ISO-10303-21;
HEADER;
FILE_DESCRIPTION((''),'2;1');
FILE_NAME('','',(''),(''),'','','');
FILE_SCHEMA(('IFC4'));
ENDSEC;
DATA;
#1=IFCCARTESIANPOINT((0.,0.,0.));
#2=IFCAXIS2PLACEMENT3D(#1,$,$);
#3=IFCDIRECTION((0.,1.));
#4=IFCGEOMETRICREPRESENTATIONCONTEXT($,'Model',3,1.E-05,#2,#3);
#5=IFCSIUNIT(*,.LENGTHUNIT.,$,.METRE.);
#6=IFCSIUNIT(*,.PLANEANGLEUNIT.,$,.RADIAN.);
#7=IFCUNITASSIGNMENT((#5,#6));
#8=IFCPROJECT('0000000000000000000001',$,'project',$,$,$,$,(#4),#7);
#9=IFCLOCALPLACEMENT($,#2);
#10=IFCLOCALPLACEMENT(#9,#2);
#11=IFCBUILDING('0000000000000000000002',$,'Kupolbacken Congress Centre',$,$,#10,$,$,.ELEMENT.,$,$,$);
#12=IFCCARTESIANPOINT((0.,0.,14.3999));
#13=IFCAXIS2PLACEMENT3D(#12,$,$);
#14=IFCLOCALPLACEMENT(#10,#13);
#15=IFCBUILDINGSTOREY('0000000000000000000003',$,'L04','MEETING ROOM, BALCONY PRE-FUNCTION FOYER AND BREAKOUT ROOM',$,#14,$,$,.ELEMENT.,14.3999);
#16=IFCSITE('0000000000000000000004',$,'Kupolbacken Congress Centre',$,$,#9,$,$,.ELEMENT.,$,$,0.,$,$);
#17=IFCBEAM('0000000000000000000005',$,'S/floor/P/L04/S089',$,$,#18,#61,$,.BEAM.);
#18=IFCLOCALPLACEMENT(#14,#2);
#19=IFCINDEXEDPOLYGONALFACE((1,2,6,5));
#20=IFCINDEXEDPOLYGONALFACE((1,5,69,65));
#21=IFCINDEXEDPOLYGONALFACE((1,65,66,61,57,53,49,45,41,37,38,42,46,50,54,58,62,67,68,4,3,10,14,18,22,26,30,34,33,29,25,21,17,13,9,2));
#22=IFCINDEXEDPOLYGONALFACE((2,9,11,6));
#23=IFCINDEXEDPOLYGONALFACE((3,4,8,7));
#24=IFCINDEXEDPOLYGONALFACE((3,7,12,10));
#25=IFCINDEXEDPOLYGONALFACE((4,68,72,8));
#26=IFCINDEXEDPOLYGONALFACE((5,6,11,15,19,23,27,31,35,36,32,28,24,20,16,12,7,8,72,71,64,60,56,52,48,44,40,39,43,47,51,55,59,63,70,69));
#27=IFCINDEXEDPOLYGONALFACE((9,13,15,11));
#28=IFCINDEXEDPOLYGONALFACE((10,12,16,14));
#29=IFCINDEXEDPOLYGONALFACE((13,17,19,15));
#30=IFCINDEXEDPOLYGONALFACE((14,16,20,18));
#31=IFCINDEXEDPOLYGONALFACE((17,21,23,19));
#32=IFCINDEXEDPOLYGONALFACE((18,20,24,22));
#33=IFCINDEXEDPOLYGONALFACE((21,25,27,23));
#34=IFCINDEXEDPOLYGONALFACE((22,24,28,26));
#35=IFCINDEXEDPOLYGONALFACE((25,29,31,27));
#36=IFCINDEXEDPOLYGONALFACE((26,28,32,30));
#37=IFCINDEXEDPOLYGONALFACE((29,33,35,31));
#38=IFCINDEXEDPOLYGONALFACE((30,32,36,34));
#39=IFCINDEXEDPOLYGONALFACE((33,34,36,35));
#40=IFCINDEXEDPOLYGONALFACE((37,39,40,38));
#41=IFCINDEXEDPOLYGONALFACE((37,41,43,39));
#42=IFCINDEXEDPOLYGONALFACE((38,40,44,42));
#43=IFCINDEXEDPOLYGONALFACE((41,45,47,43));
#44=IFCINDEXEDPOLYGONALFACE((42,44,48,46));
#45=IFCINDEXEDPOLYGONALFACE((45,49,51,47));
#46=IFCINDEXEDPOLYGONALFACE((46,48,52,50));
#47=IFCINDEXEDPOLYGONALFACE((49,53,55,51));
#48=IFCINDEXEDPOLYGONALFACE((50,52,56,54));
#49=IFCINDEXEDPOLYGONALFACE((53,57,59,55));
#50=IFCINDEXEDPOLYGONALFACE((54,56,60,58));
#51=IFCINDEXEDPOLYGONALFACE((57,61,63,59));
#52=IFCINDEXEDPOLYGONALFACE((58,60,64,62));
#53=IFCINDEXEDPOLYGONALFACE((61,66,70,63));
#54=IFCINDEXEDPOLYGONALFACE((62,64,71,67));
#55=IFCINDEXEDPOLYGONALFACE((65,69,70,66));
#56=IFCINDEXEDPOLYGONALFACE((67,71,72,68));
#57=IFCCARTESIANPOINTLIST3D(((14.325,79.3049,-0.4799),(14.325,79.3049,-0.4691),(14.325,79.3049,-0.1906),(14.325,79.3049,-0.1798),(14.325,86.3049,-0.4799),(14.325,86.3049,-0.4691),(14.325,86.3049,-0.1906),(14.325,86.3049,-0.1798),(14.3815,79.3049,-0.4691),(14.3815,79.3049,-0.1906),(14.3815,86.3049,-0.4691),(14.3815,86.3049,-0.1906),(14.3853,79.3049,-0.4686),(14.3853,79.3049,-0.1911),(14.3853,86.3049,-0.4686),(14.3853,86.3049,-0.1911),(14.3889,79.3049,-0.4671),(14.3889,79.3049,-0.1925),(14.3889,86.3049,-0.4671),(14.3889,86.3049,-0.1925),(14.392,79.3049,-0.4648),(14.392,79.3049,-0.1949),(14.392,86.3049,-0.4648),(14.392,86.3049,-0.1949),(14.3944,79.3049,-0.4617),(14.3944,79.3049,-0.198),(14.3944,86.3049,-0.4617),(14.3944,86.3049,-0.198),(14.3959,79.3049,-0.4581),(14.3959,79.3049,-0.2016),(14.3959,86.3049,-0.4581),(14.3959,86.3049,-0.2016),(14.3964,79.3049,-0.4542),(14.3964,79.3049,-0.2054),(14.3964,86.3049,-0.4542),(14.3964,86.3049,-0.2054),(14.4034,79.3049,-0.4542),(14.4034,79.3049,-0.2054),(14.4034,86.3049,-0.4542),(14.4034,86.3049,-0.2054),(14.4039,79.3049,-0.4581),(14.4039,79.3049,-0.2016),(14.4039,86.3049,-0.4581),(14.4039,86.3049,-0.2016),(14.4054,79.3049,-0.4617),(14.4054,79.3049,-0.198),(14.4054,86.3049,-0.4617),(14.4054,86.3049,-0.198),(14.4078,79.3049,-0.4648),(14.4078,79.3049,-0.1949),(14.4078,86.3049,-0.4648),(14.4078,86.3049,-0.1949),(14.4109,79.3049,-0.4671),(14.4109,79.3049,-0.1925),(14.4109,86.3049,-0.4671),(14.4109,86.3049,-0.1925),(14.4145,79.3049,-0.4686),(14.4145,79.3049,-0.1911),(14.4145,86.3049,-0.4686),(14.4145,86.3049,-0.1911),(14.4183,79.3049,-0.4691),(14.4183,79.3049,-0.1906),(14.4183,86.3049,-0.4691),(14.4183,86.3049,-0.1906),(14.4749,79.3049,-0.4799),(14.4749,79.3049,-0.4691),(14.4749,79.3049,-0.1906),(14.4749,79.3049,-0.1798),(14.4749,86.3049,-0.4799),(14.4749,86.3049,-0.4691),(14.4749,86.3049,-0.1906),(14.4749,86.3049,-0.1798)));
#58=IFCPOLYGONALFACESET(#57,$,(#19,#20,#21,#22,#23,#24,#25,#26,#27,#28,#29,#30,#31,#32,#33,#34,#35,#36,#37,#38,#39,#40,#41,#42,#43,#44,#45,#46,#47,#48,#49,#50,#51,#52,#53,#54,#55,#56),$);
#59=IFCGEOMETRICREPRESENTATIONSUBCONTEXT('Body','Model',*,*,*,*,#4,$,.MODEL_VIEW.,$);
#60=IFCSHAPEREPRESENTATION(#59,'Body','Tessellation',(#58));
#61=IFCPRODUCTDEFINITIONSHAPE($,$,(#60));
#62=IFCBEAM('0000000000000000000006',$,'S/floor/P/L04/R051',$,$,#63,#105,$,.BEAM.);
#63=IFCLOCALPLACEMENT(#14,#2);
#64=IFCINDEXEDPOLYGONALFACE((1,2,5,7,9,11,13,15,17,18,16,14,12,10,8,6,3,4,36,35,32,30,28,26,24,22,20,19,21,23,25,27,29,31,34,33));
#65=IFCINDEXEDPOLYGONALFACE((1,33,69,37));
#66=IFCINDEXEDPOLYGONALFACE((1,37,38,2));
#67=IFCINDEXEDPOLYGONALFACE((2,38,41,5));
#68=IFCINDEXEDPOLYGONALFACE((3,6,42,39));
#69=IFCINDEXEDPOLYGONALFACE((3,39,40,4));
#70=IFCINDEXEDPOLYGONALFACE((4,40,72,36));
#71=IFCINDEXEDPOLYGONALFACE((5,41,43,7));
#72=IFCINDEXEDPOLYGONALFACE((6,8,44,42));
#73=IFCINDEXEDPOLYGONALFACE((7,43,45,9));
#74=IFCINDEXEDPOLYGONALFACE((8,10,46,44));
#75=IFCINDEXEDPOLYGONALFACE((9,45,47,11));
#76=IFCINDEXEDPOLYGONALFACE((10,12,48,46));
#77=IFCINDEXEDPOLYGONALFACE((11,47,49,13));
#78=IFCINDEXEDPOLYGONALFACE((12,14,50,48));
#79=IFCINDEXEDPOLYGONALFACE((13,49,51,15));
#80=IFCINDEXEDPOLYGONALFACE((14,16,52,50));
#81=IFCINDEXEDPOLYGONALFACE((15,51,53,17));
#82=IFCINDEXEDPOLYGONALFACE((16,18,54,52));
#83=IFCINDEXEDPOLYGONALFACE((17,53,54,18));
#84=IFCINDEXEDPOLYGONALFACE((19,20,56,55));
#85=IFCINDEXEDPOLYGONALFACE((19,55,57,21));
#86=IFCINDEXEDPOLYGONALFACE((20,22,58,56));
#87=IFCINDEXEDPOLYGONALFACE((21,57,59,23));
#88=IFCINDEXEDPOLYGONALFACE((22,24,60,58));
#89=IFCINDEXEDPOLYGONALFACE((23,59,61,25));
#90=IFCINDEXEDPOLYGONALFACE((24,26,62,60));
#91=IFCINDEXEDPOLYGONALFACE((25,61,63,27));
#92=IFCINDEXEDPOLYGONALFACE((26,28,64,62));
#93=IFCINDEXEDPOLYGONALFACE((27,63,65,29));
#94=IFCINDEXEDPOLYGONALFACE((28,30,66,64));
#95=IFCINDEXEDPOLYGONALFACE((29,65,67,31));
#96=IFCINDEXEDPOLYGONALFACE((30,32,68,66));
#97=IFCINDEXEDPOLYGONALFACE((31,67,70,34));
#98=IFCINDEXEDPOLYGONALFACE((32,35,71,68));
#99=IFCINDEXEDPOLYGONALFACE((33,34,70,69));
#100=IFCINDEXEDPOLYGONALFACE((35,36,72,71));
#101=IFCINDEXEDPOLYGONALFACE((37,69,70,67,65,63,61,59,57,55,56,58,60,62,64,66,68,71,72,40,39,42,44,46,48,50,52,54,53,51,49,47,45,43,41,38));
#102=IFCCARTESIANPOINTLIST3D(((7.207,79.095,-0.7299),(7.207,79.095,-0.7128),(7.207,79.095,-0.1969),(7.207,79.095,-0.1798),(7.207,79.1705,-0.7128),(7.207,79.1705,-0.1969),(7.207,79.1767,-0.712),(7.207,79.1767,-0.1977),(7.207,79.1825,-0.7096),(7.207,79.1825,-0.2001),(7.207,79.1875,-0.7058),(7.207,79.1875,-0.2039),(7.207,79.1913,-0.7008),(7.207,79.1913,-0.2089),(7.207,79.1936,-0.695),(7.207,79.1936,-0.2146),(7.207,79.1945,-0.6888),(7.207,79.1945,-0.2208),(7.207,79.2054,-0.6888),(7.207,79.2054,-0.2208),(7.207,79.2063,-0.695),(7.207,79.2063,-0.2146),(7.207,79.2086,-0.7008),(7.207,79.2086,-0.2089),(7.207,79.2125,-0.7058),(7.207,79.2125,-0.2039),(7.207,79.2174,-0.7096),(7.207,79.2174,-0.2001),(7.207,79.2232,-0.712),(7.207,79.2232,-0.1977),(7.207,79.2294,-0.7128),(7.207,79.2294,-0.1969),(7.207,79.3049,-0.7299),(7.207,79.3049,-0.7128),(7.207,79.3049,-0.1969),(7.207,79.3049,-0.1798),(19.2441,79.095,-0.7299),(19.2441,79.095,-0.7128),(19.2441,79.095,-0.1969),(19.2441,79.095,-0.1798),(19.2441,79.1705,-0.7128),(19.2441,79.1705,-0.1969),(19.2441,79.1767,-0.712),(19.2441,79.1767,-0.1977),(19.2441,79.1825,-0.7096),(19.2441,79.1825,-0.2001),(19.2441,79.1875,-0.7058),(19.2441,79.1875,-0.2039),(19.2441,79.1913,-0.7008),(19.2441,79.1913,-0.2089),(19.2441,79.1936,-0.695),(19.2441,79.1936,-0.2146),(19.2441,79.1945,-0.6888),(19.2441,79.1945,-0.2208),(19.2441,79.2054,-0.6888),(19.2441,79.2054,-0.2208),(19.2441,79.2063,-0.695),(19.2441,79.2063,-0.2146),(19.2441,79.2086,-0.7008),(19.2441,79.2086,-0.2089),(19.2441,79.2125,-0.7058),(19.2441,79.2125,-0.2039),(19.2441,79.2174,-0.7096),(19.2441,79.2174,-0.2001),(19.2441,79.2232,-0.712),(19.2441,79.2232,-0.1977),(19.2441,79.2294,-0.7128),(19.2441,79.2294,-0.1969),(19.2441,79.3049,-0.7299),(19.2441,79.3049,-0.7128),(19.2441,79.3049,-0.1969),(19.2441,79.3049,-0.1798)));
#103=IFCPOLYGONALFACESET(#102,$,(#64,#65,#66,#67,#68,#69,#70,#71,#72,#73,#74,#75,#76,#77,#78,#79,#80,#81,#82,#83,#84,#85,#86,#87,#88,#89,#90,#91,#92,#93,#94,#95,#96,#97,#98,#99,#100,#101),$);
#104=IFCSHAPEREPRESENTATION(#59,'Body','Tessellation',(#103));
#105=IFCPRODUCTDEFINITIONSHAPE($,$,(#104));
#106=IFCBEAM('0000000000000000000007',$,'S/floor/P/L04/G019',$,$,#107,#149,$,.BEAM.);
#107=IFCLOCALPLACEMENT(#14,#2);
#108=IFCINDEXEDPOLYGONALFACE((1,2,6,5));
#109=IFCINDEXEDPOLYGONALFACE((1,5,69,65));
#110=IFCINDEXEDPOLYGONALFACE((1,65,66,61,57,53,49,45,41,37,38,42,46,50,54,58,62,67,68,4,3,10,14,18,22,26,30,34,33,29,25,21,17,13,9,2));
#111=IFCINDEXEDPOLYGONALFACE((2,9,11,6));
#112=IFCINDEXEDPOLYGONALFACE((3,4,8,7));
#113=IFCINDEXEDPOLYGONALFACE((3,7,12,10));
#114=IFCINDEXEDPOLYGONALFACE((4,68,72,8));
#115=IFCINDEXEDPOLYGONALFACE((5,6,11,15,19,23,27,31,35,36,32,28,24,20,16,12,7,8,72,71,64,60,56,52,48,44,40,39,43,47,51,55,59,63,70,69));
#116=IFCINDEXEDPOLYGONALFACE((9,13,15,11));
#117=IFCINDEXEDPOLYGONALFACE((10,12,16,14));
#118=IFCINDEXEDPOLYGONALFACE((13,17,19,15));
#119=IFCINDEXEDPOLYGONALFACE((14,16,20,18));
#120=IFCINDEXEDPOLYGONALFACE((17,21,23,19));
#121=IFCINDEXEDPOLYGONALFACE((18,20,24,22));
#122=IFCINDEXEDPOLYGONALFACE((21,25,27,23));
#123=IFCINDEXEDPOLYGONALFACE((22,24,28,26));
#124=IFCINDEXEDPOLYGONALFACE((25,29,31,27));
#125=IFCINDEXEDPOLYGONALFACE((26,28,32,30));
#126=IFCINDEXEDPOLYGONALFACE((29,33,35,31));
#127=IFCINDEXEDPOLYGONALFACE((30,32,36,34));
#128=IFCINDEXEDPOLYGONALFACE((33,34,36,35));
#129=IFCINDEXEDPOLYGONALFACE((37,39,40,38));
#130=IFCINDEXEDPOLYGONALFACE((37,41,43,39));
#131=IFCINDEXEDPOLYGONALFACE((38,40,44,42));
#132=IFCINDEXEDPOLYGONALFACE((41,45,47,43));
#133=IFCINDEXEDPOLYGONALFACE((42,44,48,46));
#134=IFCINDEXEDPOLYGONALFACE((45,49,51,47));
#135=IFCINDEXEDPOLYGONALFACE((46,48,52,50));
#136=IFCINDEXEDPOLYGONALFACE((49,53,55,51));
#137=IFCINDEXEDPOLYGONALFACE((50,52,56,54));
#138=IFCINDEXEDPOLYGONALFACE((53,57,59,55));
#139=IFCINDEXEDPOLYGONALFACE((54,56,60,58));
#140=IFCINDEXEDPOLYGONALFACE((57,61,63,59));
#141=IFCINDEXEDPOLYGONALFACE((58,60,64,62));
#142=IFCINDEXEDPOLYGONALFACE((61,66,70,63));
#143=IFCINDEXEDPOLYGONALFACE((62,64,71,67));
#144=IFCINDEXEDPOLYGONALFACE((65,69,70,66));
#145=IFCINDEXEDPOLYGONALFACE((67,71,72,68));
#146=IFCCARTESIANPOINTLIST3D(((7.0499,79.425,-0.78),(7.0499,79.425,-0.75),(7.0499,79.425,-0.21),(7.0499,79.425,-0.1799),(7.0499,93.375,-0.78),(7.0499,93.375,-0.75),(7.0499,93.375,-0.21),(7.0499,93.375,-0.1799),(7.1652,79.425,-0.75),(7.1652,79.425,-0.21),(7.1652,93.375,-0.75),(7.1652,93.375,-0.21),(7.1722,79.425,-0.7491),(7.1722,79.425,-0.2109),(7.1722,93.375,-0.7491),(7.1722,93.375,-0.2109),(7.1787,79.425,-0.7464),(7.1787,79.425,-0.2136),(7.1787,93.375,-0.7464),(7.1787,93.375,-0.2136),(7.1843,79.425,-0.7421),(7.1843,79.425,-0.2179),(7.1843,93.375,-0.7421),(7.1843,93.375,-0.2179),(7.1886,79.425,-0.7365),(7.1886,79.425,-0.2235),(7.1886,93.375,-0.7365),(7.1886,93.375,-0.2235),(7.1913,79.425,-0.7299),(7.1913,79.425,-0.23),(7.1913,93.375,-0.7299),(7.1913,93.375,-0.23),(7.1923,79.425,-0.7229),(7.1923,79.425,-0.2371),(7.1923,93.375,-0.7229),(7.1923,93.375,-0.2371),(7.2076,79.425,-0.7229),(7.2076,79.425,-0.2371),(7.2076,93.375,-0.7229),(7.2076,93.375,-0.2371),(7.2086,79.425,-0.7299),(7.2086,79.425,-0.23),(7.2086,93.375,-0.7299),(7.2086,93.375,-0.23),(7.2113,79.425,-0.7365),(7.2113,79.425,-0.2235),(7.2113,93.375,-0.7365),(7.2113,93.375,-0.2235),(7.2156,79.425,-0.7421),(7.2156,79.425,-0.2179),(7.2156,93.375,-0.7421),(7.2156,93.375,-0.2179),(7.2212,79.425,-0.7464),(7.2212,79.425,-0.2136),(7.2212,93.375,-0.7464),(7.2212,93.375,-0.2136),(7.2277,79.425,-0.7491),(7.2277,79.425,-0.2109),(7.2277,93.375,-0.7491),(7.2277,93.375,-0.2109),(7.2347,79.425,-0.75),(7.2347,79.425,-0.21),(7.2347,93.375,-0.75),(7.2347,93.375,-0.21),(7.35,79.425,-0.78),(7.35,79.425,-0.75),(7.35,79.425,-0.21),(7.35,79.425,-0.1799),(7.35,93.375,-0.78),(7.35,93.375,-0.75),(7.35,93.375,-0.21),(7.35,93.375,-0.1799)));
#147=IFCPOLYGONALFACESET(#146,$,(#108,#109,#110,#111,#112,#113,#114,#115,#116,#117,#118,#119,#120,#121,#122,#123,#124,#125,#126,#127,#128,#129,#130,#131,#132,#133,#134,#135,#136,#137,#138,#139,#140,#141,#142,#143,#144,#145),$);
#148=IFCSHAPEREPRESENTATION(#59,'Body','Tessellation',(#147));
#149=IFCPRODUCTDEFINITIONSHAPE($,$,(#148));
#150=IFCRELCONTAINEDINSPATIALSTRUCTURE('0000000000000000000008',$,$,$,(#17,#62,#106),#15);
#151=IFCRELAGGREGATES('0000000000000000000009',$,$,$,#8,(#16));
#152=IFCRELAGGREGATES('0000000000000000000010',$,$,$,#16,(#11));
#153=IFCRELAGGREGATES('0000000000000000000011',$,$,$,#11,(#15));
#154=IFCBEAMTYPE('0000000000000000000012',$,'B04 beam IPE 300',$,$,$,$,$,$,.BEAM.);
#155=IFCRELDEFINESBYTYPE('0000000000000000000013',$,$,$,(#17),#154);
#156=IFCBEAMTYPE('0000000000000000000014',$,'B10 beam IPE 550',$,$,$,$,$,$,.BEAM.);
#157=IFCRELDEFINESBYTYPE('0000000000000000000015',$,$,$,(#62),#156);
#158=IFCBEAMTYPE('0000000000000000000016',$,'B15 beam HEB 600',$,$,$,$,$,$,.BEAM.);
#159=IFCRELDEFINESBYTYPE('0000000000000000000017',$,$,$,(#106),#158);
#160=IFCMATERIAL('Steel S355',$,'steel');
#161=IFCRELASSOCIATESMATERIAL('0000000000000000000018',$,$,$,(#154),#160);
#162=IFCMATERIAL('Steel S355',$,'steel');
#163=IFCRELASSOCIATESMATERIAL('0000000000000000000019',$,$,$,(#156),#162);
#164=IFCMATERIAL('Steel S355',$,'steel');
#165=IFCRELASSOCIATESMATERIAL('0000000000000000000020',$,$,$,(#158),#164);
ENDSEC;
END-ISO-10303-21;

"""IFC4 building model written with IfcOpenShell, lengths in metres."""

from ifc_helpers import new_model, si_unit, direction, frame, origin, origin_2d, place, context, subcontext, project, spatial, i_section, extrude, material, material_profile, profile_set, type_object, element, save


model = new_model("IFC4")

# Units and contexts
model_context = context("Model", 3, precision=1e-05, world=origin(), true_north=direction((0.0, 1.0)))
body_context = subcontext(model_context, "Body", "Model", "MODEL_VIEW")
ifc_project = project(units=[si_unit("LENGTHUNIT", "METRE"), si_unit("PLANEANGLEUNIT", "RADIAN")], contexts=[model_context])

# Site, building, storey
site_placement = place(None, origin())
site = spatial("IfcSite", under=ifc_project, at=site_placement, Name="Kupolbacken Congress Centre", CompositionType="ELEMENT", RefElevation=0.0)
building_placement = place(site_placement, origin())
building = spatial("IfcBuilding", under=site, at=building_placement, Name="Kupolbacken Congress Centre", CompositionType="ELEMENT")
storey_placement = place(building_placement, frame((0.0, 0.0, 14.3999)))
storey = spatial("IfcBuildingStorey", under=building, at=storey_placement, Name="L04", Description="MEETING ROOM, BALCONY PRE-FUNCTION FOYER AND BREAKOUT ROOM", CompositionType="ELEMENT", Elevation=14.3999)

# Beams
ifc_material_1 = material(Name="Steel S355", Category="steel")
ifc_material_profile_1 = material_profile(ifc_material_1, i_section(OverallWidth=0.1499, OverallDepth=0.3, WebThickness=0.0071, FlangeThickness=0.0107, FilletRadius=0.0149, at=origin_2d()), Name="IPE 300")
ifc_profile_set_1 = profile_set([ifc_material_profile_1], Name="Steel S355")
beam_type_1 = type_object("IfcBeamType", Name="B04 beam IPE 300", PredefinedType="BEAM", material=ifc_profile_set_1)
beam_1_placement = place(storey_placement, frame((14.3999, 79.3049, -0.3298), z_axis=(0.0, 1.0, 0.0), x_axis=(-1.0, 0.0, 0.0)))
element("IfcBeam", 1, at=beam_1_placement, inside=storey, type_object=beam_type_1, Name="S/floor/P/L04/S089", PredefinedType="BEAM", context=body_context, shape_type="SweptSolid", body=[
    extrude(i_section(OverallWidth=0.1499, OverallDepth=0.3, WebThickness=0.0071, FlangeThickness=0.0107, FilletRadius=0.0149, at=origin_2d()), origin(), (0.0, 0.0, 1.0), 7.0),
])
ifc_material_2 = material(Name="Steel S355", Category="steel")
ifc_material_profile_2 = material_profile(ifc_material_2, i_section(OverallWidth=0.21, OverallDepth=0.55, WebThickness=0.011, FlangeThickness=0.0171, FilletRadius=0.0239, at=origin_2d()), Name="IPE 550")
ifc_profile_set_2 = profile_set([ifc_material_profile_2], Name="Steel S355")
beam_type_2 = type_object("IfcBeamType", Name="B10 beam IPE 550", PredefinedType="BEAM", material=ifc_profile_set_2)
beam_2_placement = place(storey_placement, frame((7.207, 79.2, -0.4548), z_axis=(1.0, 0.0, 0.0), x_axis=(0.0, 1.0, 0.0)))
element("IfcBeam", 2, at=beam_2_placement, inside=storey, type_object=beam_type_2, Name="S/floor/P/L04/R051", PredefinedType="BEAM", context=body_context, shape_type="SweptSolid", body=[
    extrude(i_section(OverallWidth=0.21, OverallDepth=0.55, WebThickness=0.011, FlangeThickness=0.0171, FilletRadius=0.0239, at=origin_2d()), origin(), (0.0, 0.0, 1.0), 12.0371),
])
ifc_material_3 = material(Name="Steel S355", Category="steel")
ifc_material_profile_3 = material_profile(ifc_material_3, i_section(OverallWidth=0.3, OverallDepth=0.6001, WebThickness=0.0154, FlangeThickness=0.03, FilletRadius=0.0271, at=origin_2d()), Name="HEB 600")
ifc_profile_set_3 = profile_set([ifc_material_profile_3], Name="Steel S355")
beam_type_3 = type_object("IfcBeamType", Name="B15 beam HEB 600", PredefinedType="BEAM", material=ifc_profile_set_3)
beam_3_placement = place(storey_placement, frame((7.2, 79.425, -0.48), z_axis=(0.0, 1.0, 0.0), x_axis=(-1.0, 0.0, 0.0)))
element("IfcBeam", 3, at=beam_3_placement, inside=storey, type_object=beam_type_3, Name="S/floor/P/L04/G019", PredefinedType="BEAM", context=body_context, shape_type="SweptSolid", body=[
    extrude(i_section(OverallWidth=0.3, OverallDepth=0.6001, WebThickness=0.0154, FlangeThickness=0.03, FilletRadius=0.0271, at=origin_2d()), origin(), (0.0, 0.0, 1.0), 13.95),
])

save(model, "model.ifc")
